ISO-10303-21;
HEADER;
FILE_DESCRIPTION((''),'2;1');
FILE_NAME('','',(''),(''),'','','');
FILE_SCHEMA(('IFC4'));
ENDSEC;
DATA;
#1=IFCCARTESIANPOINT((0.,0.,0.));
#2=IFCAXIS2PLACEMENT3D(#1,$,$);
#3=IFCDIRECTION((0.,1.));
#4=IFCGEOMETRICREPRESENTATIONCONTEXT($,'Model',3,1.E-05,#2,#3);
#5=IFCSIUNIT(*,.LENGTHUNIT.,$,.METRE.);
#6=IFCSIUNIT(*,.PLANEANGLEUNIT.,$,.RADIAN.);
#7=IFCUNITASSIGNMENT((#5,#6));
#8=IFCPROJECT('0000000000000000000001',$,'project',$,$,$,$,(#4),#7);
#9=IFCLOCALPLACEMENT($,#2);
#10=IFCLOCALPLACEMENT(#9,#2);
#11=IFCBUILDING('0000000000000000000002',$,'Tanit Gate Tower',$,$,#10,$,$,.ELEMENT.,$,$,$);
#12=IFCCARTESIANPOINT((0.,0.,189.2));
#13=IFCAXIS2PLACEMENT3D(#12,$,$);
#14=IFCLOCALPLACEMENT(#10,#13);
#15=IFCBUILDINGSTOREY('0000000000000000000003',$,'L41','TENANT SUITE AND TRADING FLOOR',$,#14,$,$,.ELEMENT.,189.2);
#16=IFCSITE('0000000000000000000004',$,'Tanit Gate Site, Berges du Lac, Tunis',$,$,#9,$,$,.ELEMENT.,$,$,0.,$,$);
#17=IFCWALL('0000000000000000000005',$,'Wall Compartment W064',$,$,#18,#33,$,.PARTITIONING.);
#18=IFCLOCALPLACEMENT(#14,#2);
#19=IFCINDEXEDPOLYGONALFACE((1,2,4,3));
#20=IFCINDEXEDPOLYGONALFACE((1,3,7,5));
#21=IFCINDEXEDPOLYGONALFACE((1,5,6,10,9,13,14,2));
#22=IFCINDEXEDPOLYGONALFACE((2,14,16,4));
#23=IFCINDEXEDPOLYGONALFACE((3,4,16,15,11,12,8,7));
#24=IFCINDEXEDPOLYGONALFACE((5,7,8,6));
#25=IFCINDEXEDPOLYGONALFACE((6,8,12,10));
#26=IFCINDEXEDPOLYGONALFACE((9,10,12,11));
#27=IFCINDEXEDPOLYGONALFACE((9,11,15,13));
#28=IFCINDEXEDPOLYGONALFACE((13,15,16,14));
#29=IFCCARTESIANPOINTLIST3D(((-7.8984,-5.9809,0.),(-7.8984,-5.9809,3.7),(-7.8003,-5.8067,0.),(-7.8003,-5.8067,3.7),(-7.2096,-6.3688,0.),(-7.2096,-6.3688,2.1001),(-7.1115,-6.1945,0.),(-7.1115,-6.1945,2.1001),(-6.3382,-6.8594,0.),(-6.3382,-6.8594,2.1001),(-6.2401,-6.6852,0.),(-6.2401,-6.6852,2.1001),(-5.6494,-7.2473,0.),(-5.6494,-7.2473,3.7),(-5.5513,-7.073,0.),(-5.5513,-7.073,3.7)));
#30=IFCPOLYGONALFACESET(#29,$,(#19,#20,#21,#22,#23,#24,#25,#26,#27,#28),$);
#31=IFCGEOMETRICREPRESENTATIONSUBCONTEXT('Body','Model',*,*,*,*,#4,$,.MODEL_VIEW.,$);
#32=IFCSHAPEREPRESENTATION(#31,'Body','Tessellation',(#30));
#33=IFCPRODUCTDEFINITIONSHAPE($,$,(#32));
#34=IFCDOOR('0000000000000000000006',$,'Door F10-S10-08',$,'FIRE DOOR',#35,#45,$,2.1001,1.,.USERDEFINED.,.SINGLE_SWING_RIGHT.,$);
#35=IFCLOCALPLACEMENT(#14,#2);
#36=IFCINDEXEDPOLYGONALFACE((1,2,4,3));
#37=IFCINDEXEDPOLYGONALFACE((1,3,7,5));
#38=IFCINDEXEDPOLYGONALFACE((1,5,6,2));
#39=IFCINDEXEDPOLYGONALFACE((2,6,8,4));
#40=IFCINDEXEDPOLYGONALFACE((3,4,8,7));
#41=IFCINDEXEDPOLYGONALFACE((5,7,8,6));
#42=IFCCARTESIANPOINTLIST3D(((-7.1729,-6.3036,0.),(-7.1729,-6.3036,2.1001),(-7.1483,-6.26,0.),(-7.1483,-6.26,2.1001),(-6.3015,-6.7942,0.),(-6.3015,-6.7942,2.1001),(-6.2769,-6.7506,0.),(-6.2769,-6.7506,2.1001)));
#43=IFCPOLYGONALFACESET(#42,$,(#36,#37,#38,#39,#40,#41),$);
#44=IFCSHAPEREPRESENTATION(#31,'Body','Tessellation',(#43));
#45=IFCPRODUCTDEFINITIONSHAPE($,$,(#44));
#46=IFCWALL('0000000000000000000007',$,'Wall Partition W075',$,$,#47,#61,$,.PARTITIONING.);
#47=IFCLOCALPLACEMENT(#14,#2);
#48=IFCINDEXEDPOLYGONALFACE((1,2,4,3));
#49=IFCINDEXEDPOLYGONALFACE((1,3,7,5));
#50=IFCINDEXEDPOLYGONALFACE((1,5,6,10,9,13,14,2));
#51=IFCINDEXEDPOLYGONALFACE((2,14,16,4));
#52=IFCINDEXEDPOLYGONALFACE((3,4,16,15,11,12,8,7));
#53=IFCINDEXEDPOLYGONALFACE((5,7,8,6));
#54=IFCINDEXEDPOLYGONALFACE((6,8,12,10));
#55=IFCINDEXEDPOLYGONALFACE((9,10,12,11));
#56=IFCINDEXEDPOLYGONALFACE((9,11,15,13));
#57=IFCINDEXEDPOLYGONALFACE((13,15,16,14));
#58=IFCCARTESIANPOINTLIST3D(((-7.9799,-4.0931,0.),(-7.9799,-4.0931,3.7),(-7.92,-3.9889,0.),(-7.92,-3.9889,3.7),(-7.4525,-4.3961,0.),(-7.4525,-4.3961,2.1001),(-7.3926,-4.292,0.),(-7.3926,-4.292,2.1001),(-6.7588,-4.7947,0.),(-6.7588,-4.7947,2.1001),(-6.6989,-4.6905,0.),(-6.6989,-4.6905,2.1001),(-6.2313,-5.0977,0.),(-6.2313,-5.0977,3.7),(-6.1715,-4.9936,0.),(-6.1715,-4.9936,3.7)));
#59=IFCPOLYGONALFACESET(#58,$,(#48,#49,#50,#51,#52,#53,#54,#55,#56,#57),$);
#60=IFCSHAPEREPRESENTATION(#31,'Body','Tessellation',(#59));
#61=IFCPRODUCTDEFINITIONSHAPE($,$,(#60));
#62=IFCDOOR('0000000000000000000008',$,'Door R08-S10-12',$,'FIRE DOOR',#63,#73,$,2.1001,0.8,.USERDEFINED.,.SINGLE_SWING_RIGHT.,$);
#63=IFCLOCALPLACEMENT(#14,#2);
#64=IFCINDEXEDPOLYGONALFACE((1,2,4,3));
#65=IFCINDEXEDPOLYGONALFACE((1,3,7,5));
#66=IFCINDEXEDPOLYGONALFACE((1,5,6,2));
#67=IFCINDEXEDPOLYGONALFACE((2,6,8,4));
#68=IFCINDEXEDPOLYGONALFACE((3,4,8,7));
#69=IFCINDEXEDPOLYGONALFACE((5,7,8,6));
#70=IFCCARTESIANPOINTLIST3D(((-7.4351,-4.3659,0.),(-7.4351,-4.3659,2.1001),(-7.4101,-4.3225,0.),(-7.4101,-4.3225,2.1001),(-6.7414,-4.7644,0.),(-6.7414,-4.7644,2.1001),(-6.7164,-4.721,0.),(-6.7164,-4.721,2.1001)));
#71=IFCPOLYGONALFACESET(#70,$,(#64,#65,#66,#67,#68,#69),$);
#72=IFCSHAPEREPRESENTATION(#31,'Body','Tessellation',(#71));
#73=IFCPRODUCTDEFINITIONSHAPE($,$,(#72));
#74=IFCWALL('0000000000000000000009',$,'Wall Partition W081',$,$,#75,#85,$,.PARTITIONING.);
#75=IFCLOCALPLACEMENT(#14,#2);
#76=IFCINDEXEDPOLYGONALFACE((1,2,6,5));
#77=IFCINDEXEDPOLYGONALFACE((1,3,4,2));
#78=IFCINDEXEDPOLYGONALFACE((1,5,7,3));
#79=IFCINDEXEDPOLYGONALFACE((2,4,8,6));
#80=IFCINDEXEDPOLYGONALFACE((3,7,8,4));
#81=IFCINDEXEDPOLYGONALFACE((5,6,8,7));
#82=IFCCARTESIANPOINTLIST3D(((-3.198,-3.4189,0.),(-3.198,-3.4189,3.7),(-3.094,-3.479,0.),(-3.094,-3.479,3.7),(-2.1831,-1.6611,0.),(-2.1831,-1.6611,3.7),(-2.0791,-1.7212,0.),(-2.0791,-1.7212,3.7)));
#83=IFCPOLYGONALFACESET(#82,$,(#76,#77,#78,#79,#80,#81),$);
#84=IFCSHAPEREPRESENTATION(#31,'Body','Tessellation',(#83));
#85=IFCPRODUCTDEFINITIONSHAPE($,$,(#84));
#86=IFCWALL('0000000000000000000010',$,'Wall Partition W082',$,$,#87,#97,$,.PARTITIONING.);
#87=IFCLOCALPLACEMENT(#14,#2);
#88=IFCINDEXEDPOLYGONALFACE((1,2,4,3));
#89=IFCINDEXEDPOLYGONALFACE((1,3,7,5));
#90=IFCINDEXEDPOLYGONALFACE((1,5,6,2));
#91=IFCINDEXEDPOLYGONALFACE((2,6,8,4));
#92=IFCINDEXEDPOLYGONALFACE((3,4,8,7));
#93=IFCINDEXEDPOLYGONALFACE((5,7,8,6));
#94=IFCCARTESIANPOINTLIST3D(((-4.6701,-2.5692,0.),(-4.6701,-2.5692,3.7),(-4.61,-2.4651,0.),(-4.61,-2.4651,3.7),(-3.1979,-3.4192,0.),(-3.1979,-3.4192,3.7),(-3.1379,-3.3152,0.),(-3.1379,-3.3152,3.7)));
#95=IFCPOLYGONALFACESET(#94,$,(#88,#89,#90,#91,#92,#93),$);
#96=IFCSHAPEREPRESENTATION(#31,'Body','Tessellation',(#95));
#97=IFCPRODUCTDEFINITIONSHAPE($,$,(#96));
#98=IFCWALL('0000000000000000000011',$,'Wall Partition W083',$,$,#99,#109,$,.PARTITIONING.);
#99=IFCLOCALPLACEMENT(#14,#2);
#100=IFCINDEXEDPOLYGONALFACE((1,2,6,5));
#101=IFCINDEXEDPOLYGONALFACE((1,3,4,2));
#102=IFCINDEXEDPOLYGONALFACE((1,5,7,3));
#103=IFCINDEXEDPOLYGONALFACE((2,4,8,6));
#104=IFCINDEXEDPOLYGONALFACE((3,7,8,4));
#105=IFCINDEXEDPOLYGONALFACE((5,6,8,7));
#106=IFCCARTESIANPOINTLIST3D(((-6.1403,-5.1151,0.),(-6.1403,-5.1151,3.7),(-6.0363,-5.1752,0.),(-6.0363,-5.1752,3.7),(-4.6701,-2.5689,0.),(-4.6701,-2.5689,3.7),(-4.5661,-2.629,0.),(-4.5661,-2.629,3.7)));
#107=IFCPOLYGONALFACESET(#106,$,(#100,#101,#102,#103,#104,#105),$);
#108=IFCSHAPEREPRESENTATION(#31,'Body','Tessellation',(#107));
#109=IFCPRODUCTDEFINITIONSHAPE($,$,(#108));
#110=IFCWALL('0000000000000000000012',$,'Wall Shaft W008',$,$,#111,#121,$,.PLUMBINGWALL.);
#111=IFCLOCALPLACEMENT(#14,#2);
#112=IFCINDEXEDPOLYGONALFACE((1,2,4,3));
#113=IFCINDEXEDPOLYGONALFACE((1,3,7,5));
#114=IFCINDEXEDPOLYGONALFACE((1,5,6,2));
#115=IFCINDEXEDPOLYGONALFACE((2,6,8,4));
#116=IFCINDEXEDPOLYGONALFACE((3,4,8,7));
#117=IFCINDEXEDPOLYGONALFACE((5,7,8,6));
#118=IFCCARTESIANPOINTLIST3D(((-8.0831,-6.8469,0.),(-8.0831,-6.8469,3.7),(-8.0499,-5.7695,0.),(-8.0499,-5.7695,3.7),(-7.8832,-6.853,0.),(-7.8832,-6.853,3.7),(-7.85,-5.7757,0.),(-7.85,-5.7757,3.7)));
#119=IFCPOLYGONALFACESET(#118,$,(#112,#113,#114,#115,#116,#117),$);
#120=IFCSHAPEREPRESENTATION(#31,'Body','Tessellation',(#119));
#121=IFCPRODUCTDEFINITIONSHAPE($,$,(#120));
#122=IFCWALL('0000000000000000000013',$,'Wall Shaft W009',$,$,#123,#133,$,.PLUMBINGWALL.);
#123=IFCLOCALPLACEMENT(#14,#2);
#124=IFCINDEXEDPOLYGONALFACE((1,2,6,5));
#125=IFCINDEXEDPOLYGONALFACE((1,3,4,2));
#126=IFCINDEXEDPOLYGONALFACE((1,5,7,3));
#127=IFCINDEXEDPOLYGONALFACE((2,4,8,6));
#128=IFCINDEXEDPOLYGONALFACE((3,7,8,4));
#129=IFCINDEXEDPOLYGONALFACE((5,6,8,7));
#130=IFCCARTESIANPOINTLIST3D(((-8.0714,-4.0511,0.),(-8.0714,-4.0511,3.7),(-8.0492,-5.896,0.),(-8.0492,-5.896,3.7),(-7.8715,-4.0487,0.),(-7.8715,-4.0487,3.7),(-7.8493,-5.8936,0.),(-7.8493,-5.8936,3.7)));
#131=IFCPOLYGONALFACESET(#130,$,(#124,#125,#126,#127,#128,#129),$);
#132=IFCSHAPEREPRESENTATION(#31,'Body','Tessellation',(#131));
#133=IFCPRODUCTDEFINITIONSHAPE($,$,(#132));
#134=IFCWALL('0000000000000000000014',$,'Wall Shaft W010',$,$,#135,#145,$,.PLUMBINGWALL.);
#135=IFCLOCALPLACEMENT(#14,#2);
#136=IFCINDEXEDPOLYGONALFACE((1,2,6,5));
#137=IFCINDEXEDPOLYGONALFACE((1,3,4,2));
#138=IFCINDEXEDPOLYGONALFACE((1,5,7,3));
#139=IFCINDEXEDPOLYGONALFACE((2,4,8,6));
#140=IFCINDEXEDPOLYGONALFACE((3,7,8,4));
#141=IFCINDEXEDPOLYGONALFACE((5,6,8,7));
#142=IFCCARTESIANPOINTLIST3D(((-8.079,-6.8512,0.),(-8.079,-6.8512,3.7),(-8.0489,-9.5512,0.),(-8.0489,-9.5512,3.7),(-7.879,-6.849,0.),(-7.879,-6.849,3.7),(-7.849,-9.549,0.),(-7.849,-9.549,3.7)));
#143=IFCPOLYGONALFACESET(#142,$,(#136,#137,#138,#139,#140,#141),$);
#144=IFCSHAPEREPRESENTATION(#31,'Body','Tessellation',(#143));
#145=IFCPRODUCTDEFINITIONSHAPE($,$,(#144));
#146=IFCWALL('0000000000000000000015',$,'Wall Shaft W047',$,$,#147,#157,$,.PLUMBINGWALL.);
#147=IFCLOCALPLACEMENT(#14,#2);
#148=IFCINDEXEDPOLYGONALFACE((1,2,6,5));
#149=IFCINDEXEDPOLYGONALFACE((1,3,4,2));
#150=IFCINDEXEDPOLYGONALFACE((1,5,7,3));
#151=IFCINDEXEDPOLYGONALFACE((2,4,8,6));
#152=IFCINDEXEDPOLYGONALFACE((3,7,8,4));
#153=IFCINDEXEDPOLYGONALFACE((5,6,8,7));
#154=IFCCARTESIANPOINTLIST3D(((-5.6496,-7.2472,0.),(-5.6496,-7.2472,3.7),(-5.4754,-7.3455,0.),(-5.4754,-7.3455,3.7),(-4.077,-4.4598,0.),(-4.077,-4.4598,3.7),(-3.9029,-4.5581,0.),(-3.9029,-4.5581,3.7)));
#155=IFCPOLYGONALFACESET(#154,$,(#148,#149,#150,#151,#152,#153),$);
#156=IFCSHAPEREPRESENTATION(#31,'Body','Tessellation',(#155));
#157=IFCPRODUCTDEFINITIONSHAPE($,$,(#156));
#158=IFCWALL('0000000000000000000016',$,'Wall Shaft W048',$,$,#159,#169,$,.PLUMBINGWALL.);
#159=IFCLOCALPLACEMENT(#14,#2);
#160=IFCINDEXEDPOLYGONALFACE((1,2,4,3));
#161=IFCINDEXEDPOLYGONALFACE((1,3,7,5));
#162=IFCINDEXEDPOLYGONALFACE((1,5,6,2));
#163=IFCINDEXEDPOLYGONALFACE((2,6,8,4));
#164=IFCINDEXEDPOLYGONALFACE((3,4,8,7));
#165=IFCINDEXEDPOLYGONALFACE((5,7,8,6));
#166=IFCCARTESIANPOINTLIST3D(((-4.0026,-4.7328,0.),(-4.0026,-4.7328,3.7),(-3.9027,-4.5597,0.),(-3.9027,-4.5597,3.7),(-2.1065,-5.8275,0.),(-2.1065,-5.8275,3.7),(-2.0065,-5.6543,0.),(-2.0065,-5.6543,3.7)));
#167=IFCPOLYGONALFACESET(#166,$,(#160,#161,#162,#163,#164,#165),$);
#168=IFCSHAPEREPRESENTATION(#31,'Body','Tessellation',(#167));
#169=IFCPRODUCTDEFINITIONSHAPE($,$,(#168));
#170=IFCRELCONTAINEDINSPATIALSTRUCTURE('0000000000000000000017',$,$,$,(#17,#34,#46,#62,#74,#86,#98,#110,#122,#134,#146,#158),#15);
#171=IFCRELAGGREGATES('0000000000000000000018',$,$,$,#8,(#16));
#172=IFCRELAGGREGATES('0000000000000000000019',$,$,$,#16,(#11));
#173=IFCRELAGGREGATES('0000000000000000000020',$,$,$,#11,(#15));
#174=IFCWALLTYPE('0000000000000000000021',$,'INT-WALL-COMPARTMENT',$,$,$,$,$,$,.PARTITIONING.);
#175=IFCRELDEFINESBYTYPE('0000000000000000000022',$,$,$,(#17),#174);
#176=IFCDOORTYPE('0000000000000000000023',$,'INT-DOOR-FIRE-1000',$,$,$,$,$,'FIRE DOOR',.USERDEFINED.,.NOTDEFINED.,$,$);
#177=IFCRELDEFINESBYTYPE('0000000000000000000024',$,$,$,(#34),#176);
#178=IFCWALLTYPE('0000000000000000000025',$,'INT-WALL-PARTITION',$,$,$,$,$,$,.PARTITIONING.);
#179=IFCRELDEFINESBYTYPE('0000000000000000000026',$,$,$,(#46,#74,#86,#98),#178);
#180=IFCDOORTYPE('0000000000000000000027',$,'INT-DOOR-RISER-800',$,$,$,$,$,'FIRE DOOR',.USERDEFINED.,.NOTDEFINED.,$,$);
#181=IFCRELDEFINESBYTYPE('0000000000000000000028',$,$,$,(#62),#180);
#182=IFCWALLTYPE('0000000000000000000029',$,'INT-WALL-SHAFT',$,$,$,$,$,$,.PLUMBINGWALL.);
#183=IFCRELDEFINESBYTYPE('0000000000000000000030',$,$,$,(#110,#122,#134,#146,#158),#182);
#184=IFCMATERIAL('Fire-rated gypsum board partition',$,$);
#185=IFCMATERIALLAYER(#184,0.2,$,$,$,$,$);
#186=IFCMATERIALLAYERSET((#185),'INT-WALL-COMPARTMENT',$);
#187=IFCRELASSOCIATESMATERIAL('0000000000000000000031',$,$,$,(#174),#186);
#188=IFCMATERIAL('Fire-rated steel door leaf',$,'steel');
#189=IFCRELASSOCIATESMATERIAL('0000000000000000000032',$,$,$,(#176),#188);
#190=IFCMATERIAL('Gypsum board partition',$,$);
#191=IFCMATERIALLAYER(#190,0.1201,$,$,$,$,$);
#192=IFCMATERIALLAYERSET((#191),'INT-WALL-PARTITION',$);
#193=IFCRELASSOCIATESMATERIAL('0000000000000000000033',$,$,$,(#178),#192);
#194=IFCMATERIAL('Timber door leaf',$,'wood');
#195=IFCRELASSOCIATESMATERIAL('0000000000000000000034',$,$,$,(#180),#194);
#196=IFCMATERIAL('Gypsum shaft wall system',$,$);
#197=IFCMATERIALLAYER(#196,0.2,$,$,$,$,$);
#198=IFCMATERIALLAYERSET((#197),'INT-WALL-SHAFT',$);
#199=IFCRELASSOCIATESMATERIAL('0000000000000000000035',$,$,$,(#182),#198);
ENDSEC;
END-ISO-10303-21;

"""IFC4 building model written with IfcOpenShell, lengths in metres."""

from ifc_helpers import new_model, si_unit, direction, frame, frame_2d, origin, place, context, subcontext, project, spatial, rectangle, extrude, material, layer, layer_set, type_object, element, fill, save


model = new_model("IFC4")

# Units and contexts
model_context = context("Model", 3, precision=1e-05, world=origin(), true_north=direction((0.0, 1.0)))
body_context = subcontext(model_context, "Body", "Model", "MODEL_VIEW")
ifc_project = project(units=[si_unit("LENGTHUNIT", "METRE"), si_unit("PLANEANGLEUNIT", "RADIAN")], contexts=[model_context])

# Site, building, storey
site_placement = place(None, origin())
site = spatial("IfcSite", under=ifc_project, at=site_placement, Name="Tanit Gate Site, Berges du Lac, Tunis", CompositionType="ELEMENT", RefElevation=0.0)
building_placement = place(site_placement, origin())
building = spatial("IfcBuilding", under=site, at=building_placement, Name="Tanit Gate Tower", CompositionType="ELEMENT")
storey_placement = place(building_placement, frame((0.0, 0.0, 189.2)))
storey = spatial("IfcBuildingStorey", under=building, at=storey_placement, Name="L41", Description="TENANT SUITE AND TRADING FLOOR", CompositionType="ELEMENT", Elevation=189.2)

# Walls, openings, doors
ifc_material_1 = material(Name="Fire-rated gypsum board partition")
ifc_layer_1 = layer(ifc_material_1, 0.2)
ifc_layer_set_1 = layer_set([ifc_layer_1], Name="INT-WALL-COMPARTMENT")
wall_type_1 = type_object("IfcWallType", Name="INT-WALL-COMPARTMENT", PredefinedType="PARTITIONING", material=ifc_layer_set_1)
wall_1_placement = place(storey_placement, frame((-7.8494, -5.8938, 0.0), z_axis=(0.0, 0.0, 1.0), x_axis=(0.871363, -0.490638, 0.0)))
wall_1 = element("IfcWall", 1, at=wall_1_placement, inside=storey, type_object=wall_type_1, Name="Wall Compartment W064", PredefinedType="PARTITIONING", context=body_context, shape_type="SweptSolid", body=[
    extrude(rectangle(XDim=2.5811, YDim=0.2, at=frame_2d((1.2905, 0.0))), origin(), (0.0, 0.0, 1.0), 3.7),
])
opening_1_placement = place(wall_1_placement, frame((0.7905, 0.0, 0.0)))
opening_1 = element("IfcOpeningElement", 2, at=opening_1_placement, cuts=wall_1, PredefinedType="OPENING", context=body_context, shape_type="SweptSolid", body=[
    extrude(rectangle(XDim=1.0, YDim=2.1001, at=frame_2d((0.5, 1.05))), frame((0.0, 0.1099, 0.0), z_axis=(0.0, -1.0, 0.0), x_axis=(1.0, 0.0, 0.0)), (0.0, 0.0, 1.0), 0.22),
])
ifc_material_2 = material(Name="Fire-rated steel door leaf", Category="steel")
door_type_1 = type_object("IfcDoorType", Name="INT-DOOR-FIRE-1000", ElementType="FIRE DOOR", OperationType="NOTDEFINED", PredefinedType="USERDEFINED", material=ifc_material_2)
door_1_placement = place(opening_1_placement, origin())
door_1 = element("IfcDoor", 3, at=door_1_placement, inside=storey, type_object=door_type_1, Name="Door F10-S10-08", ObjectType="FIRE DOOR", OperationType="SINGLE_SWING_RIGHT", OverallHeight=2.1001, OverallWidth=1.0, PredefinedType="USERDEFINED", context=body_context, shape_type="SweptSolid", body=[
    extrude(rectangle(XDim=1.0, YDim=2.1001, at=frame_2d((0.5, 1.05))), frame((0.0, 0.0249, 0.0), z_axis=(0.0, -1.0, 0.0), x_axis=(1.0, 0.0, 0.0)), (0.0, 0.0, 1.0), 0.05),
])
fill(opening_1, door_1)
ifc_material_3 = material(Name="Gypsum board partition")
ifc_layer_2 = layer(ifc_material_3, 0.1201)
ifc_layer_set_2 = layer_set([ifc_layer_2], Name="INT-WALL-PARTITION")
wall_type_2 = type_object("IfcWallType", Name="INT-WALL-PARTITION", PredefinedType="PARTITIONING", material=ifc_layer_set_2)
wall_2_placement = place(storey_placement, frame((-7.95, -4.041, 0.0), z_axis=(0.0, 0.0, 1.0), x_axis=(0.867071, -0.498184, 0.0)))
wall_2 = element("IfcWall", 4, at=wall_2_placement, inside=storey, type_object=wall_type_2, Name="Wall Partition W075", PredefinedType="PARTITIONING", context=body_context, shape_type="SweptSolid", body=[
    extrude(rectangle(XDim=2.0166, YDim=0.1201, at=frame_2d((1.0083, 0.0))), origin(), (0.0, 0.0, 1.0), 3.7),
])
opening_2_placement = place(wall_2_placement, frame((0.6084, 0.0, 0.0)))
opening_2 = element("IfcOpeningElement", 5, at=opening_2_placement, cuts=wall_2, PredefinedType="OPENING", context=body_context, shape_type="SweptSolid", body=[
    extrude(rectangle(XDim=0.8, YDim=2.1001, at=frame_2d((0.3999, 1.05))), frame((0.0, 0.0701, 0.0), z_axis=(0.0, -1.0, 0.0), x_axis=(1.0, 0.0, 0.0)), (0.0, 0.0, 1.0), 0.1401),
])
ifc_material_4 = material(Name="Timber door leaf", Category="wood")
door_type_2 = type_object("IfcDoorType", Name="INT-DOOR-RISER-800", ElementType="FIRE DOOR", OperationType="NOTDEFINED", PredefinedType="USERDEFINED", material=ifc_material_4)
door_2_placement = place(opening_2_placement, origin())
door_2 = element("IfcDoor", 6, at=door_2_placement, inside=storey, type_object=door_type_2, Name="Door R08-S10-12", ObjectType="FIRE DOOR", OperationType="SINGLE_SWING_RIGHT", OverallHeight=2.1001, OverallWidth=0.8, PredefinedType="USERDEFINED", context=body_context, shape_type="SweptSolid", body=[
    extrude(rectangle(XDim=0.8, YDim=2.1001, at=frame_2d((0.3999, 1.05))), frame((0.0, 0.0249, 0.0), z_axis=(0.0, -1.0, 0.0), x_axis=(1.0, 0.0, 0.0)), (0.0, 0.0, 1.0), 0.05),
])
fill(opening_2, door_2)

# Walls
wall_3_placement = place(storey_placement, frame((-3.146, -3.449, 0.0), z_axis=(0.0, 0.0, 1.0), x_axis=(0.500007, 0.866021, 0.0)))
element("IfcWall", 7, at=wall_3_placement, inside=storey, type_object=wall_type_2, Name="Wall Partition W081", PredefinedType="PARTITIONING", context=body_context, shape_type="SweptSolid", body=[
    extrude(rectangle(XDim=2.0298, YDim=0.1201, at=frame_2d((1.0149, 0.0))), origin(), (0.0, 0.0, 1.0), 3.7),
])
wall_4_placement = place(storey_placement, frame((-4.6401, -2.5171, 0.0), z_axis=(0.0, 0.0, 1.0), x_axis=(0.865989, -0.500062, 0.0)))
element("IfcWall", 8, at=wall_4_placement, inside=storey, type_object=wall_type_2, Name="Wall Partition W082", PredefinedType="PARTITIONING", context=body_context, shape_type="SweptSolid", body=[
    extrude(rectangle(XDim=1.7, YDim=0.1201, at=frame_2d((0.8501, 0.0))), origin(), (0.0, 0.0, 1.0), 3.7),
])
wall_5_placement = place(storey_placement, frame((-6.0884, -5.1453, 0.0), z_axis=(0.0, 0.0, 1.0), x_axis=(0.500051, 0.865996, 0.0)))
element("IfcWall", 9, at=wall_5_placement, inside=storey, type_object=wall_type_2, Name="Wall Partition W083", PredefinedType="PARTITIONING", context=body_context, shape_type="SweptSolid", body=[
    extrude(rectangle(XDim=2.9402, YDim=0.1201, at=frame_2d((1.4702, 0.0))), origin(), (0.0, 0.0, 1.0), 3.7),
])
ifc_material_5 = material(Name="Gypsum shaft wall system")
ifc_layer_3 = layer(ifc_material_5, 0.2)
ifc_layer_set_3 = layer_set([ifc_layer_3], Name="INT-WALL-SHAFT")
wall_type_3 = type_object("IfcWallType", Name="INT-WALL-SHAFT", PredefinedType="PLUMBINGWALL", material=ifc_layer_set_3)
wall_6_placement = place(storey_placement, frame((-7.95, -5.7725, 0.0), z_axis=(0.0, 0.0, 1.0), x_axis=(-0.030803, -0.999525, 0.0)))
element("IfcWall", 10, at=wall_6_placement, inside=storey, type_object=wall_type_3, Name="Wall Shaft W008", PredefinedType="PLUMBINGWALL", context=body_context, shape_type="SweptSolid", body=[
    extrude(rectangle(XDim=1.0779, YDim=0.2, at=frame_2d((0.5391, 0.0))), origin(), (0.0, 0.0, 1.0), 3.7),
])
wall_7_placement = place(storey_placement, frame((-7.9714, -4.05, 0.0), z_axis=(0.0, 0.0, 1.0), x_axis=(0.012043, -0.999927, 0.0)))
element("IfcWall", 11, at=wall_7_placement, inside=storey, type_object=wall_type_3, Name="Wall Shaft W009", PredefinedType="PLUMBINGWALL", context=body_context, shape_type="SweptSolid", body=[
    extrude(rectangle(XDim=1.845, YDim=0.2, at=frame_2d((0.9224, 0.0))), origin(), (0.0, 0.0, 1.0), 3.7),
])
wall_8_placement = place(storey_placement, frame((-7.979, -6.8501, 0.0), z_axis=(0.0, 0.0, 1.0), x_axis=(0.011121, -0.999938, 0.0)))
element("IfcWall", 12, at=wall_8_placement, inside=storey, type_object=wall_type_3, Name="Wall Shaft W010", PredefinedType="PLUMBINGWALL", context=body_context, shape_type="SweptSolid", body=[
    extrude(rectangle(XDim=2.7002, YDim=0.2, at=frame_2d((1.3501, 0.0))), origin(), (0.0, 0.0, 1.0), 3.7),
])
wall_9_placement = place(storey_placement, frame((-3.99, -4.509, 0.0), z_axis=(0.0, 0.0, 1.0), x_axis=(-0.491358, -0.870958, 0.0)))
element("IfcWall", 13, at=wall_9_placement, inside=storey, type_object=wall_type_3, Name="Wall Shaft W047", PredefinedType="PLUMBINGWALL", context=body_context, shape_type="SweptSolid", body=[
    extrude(rectangle(XDim=3.2004, YDim=0.2, at=frame_2d((1.6001, 0.0))), origin(), (0.0, 0.0, 1.0), 3.7),
])
wall_10_placement = place(storey_placement, frame((-3.9526, -4.6462, 0.0), z_axis=(0.0, 0.0, 1.0), x_axis=(0.866039, -0.499977, 0.0)))
element("IfcWall", 14, at=wall_10_placement, inside=storey, type_object=wall_type_3, Name="Wall Shaft W048", PredefinedType="PLUMBINGWALL", context=body_context, shape_type="SweptSolid", body=[
    extrude(rectangle(XDim=2.1895, YDim=0.2, at=frame_2d((1.0947, 0.0))), origin(), (0.0, 0.0, 1.0), 3.7),
])

save(model, "model.ifc")
